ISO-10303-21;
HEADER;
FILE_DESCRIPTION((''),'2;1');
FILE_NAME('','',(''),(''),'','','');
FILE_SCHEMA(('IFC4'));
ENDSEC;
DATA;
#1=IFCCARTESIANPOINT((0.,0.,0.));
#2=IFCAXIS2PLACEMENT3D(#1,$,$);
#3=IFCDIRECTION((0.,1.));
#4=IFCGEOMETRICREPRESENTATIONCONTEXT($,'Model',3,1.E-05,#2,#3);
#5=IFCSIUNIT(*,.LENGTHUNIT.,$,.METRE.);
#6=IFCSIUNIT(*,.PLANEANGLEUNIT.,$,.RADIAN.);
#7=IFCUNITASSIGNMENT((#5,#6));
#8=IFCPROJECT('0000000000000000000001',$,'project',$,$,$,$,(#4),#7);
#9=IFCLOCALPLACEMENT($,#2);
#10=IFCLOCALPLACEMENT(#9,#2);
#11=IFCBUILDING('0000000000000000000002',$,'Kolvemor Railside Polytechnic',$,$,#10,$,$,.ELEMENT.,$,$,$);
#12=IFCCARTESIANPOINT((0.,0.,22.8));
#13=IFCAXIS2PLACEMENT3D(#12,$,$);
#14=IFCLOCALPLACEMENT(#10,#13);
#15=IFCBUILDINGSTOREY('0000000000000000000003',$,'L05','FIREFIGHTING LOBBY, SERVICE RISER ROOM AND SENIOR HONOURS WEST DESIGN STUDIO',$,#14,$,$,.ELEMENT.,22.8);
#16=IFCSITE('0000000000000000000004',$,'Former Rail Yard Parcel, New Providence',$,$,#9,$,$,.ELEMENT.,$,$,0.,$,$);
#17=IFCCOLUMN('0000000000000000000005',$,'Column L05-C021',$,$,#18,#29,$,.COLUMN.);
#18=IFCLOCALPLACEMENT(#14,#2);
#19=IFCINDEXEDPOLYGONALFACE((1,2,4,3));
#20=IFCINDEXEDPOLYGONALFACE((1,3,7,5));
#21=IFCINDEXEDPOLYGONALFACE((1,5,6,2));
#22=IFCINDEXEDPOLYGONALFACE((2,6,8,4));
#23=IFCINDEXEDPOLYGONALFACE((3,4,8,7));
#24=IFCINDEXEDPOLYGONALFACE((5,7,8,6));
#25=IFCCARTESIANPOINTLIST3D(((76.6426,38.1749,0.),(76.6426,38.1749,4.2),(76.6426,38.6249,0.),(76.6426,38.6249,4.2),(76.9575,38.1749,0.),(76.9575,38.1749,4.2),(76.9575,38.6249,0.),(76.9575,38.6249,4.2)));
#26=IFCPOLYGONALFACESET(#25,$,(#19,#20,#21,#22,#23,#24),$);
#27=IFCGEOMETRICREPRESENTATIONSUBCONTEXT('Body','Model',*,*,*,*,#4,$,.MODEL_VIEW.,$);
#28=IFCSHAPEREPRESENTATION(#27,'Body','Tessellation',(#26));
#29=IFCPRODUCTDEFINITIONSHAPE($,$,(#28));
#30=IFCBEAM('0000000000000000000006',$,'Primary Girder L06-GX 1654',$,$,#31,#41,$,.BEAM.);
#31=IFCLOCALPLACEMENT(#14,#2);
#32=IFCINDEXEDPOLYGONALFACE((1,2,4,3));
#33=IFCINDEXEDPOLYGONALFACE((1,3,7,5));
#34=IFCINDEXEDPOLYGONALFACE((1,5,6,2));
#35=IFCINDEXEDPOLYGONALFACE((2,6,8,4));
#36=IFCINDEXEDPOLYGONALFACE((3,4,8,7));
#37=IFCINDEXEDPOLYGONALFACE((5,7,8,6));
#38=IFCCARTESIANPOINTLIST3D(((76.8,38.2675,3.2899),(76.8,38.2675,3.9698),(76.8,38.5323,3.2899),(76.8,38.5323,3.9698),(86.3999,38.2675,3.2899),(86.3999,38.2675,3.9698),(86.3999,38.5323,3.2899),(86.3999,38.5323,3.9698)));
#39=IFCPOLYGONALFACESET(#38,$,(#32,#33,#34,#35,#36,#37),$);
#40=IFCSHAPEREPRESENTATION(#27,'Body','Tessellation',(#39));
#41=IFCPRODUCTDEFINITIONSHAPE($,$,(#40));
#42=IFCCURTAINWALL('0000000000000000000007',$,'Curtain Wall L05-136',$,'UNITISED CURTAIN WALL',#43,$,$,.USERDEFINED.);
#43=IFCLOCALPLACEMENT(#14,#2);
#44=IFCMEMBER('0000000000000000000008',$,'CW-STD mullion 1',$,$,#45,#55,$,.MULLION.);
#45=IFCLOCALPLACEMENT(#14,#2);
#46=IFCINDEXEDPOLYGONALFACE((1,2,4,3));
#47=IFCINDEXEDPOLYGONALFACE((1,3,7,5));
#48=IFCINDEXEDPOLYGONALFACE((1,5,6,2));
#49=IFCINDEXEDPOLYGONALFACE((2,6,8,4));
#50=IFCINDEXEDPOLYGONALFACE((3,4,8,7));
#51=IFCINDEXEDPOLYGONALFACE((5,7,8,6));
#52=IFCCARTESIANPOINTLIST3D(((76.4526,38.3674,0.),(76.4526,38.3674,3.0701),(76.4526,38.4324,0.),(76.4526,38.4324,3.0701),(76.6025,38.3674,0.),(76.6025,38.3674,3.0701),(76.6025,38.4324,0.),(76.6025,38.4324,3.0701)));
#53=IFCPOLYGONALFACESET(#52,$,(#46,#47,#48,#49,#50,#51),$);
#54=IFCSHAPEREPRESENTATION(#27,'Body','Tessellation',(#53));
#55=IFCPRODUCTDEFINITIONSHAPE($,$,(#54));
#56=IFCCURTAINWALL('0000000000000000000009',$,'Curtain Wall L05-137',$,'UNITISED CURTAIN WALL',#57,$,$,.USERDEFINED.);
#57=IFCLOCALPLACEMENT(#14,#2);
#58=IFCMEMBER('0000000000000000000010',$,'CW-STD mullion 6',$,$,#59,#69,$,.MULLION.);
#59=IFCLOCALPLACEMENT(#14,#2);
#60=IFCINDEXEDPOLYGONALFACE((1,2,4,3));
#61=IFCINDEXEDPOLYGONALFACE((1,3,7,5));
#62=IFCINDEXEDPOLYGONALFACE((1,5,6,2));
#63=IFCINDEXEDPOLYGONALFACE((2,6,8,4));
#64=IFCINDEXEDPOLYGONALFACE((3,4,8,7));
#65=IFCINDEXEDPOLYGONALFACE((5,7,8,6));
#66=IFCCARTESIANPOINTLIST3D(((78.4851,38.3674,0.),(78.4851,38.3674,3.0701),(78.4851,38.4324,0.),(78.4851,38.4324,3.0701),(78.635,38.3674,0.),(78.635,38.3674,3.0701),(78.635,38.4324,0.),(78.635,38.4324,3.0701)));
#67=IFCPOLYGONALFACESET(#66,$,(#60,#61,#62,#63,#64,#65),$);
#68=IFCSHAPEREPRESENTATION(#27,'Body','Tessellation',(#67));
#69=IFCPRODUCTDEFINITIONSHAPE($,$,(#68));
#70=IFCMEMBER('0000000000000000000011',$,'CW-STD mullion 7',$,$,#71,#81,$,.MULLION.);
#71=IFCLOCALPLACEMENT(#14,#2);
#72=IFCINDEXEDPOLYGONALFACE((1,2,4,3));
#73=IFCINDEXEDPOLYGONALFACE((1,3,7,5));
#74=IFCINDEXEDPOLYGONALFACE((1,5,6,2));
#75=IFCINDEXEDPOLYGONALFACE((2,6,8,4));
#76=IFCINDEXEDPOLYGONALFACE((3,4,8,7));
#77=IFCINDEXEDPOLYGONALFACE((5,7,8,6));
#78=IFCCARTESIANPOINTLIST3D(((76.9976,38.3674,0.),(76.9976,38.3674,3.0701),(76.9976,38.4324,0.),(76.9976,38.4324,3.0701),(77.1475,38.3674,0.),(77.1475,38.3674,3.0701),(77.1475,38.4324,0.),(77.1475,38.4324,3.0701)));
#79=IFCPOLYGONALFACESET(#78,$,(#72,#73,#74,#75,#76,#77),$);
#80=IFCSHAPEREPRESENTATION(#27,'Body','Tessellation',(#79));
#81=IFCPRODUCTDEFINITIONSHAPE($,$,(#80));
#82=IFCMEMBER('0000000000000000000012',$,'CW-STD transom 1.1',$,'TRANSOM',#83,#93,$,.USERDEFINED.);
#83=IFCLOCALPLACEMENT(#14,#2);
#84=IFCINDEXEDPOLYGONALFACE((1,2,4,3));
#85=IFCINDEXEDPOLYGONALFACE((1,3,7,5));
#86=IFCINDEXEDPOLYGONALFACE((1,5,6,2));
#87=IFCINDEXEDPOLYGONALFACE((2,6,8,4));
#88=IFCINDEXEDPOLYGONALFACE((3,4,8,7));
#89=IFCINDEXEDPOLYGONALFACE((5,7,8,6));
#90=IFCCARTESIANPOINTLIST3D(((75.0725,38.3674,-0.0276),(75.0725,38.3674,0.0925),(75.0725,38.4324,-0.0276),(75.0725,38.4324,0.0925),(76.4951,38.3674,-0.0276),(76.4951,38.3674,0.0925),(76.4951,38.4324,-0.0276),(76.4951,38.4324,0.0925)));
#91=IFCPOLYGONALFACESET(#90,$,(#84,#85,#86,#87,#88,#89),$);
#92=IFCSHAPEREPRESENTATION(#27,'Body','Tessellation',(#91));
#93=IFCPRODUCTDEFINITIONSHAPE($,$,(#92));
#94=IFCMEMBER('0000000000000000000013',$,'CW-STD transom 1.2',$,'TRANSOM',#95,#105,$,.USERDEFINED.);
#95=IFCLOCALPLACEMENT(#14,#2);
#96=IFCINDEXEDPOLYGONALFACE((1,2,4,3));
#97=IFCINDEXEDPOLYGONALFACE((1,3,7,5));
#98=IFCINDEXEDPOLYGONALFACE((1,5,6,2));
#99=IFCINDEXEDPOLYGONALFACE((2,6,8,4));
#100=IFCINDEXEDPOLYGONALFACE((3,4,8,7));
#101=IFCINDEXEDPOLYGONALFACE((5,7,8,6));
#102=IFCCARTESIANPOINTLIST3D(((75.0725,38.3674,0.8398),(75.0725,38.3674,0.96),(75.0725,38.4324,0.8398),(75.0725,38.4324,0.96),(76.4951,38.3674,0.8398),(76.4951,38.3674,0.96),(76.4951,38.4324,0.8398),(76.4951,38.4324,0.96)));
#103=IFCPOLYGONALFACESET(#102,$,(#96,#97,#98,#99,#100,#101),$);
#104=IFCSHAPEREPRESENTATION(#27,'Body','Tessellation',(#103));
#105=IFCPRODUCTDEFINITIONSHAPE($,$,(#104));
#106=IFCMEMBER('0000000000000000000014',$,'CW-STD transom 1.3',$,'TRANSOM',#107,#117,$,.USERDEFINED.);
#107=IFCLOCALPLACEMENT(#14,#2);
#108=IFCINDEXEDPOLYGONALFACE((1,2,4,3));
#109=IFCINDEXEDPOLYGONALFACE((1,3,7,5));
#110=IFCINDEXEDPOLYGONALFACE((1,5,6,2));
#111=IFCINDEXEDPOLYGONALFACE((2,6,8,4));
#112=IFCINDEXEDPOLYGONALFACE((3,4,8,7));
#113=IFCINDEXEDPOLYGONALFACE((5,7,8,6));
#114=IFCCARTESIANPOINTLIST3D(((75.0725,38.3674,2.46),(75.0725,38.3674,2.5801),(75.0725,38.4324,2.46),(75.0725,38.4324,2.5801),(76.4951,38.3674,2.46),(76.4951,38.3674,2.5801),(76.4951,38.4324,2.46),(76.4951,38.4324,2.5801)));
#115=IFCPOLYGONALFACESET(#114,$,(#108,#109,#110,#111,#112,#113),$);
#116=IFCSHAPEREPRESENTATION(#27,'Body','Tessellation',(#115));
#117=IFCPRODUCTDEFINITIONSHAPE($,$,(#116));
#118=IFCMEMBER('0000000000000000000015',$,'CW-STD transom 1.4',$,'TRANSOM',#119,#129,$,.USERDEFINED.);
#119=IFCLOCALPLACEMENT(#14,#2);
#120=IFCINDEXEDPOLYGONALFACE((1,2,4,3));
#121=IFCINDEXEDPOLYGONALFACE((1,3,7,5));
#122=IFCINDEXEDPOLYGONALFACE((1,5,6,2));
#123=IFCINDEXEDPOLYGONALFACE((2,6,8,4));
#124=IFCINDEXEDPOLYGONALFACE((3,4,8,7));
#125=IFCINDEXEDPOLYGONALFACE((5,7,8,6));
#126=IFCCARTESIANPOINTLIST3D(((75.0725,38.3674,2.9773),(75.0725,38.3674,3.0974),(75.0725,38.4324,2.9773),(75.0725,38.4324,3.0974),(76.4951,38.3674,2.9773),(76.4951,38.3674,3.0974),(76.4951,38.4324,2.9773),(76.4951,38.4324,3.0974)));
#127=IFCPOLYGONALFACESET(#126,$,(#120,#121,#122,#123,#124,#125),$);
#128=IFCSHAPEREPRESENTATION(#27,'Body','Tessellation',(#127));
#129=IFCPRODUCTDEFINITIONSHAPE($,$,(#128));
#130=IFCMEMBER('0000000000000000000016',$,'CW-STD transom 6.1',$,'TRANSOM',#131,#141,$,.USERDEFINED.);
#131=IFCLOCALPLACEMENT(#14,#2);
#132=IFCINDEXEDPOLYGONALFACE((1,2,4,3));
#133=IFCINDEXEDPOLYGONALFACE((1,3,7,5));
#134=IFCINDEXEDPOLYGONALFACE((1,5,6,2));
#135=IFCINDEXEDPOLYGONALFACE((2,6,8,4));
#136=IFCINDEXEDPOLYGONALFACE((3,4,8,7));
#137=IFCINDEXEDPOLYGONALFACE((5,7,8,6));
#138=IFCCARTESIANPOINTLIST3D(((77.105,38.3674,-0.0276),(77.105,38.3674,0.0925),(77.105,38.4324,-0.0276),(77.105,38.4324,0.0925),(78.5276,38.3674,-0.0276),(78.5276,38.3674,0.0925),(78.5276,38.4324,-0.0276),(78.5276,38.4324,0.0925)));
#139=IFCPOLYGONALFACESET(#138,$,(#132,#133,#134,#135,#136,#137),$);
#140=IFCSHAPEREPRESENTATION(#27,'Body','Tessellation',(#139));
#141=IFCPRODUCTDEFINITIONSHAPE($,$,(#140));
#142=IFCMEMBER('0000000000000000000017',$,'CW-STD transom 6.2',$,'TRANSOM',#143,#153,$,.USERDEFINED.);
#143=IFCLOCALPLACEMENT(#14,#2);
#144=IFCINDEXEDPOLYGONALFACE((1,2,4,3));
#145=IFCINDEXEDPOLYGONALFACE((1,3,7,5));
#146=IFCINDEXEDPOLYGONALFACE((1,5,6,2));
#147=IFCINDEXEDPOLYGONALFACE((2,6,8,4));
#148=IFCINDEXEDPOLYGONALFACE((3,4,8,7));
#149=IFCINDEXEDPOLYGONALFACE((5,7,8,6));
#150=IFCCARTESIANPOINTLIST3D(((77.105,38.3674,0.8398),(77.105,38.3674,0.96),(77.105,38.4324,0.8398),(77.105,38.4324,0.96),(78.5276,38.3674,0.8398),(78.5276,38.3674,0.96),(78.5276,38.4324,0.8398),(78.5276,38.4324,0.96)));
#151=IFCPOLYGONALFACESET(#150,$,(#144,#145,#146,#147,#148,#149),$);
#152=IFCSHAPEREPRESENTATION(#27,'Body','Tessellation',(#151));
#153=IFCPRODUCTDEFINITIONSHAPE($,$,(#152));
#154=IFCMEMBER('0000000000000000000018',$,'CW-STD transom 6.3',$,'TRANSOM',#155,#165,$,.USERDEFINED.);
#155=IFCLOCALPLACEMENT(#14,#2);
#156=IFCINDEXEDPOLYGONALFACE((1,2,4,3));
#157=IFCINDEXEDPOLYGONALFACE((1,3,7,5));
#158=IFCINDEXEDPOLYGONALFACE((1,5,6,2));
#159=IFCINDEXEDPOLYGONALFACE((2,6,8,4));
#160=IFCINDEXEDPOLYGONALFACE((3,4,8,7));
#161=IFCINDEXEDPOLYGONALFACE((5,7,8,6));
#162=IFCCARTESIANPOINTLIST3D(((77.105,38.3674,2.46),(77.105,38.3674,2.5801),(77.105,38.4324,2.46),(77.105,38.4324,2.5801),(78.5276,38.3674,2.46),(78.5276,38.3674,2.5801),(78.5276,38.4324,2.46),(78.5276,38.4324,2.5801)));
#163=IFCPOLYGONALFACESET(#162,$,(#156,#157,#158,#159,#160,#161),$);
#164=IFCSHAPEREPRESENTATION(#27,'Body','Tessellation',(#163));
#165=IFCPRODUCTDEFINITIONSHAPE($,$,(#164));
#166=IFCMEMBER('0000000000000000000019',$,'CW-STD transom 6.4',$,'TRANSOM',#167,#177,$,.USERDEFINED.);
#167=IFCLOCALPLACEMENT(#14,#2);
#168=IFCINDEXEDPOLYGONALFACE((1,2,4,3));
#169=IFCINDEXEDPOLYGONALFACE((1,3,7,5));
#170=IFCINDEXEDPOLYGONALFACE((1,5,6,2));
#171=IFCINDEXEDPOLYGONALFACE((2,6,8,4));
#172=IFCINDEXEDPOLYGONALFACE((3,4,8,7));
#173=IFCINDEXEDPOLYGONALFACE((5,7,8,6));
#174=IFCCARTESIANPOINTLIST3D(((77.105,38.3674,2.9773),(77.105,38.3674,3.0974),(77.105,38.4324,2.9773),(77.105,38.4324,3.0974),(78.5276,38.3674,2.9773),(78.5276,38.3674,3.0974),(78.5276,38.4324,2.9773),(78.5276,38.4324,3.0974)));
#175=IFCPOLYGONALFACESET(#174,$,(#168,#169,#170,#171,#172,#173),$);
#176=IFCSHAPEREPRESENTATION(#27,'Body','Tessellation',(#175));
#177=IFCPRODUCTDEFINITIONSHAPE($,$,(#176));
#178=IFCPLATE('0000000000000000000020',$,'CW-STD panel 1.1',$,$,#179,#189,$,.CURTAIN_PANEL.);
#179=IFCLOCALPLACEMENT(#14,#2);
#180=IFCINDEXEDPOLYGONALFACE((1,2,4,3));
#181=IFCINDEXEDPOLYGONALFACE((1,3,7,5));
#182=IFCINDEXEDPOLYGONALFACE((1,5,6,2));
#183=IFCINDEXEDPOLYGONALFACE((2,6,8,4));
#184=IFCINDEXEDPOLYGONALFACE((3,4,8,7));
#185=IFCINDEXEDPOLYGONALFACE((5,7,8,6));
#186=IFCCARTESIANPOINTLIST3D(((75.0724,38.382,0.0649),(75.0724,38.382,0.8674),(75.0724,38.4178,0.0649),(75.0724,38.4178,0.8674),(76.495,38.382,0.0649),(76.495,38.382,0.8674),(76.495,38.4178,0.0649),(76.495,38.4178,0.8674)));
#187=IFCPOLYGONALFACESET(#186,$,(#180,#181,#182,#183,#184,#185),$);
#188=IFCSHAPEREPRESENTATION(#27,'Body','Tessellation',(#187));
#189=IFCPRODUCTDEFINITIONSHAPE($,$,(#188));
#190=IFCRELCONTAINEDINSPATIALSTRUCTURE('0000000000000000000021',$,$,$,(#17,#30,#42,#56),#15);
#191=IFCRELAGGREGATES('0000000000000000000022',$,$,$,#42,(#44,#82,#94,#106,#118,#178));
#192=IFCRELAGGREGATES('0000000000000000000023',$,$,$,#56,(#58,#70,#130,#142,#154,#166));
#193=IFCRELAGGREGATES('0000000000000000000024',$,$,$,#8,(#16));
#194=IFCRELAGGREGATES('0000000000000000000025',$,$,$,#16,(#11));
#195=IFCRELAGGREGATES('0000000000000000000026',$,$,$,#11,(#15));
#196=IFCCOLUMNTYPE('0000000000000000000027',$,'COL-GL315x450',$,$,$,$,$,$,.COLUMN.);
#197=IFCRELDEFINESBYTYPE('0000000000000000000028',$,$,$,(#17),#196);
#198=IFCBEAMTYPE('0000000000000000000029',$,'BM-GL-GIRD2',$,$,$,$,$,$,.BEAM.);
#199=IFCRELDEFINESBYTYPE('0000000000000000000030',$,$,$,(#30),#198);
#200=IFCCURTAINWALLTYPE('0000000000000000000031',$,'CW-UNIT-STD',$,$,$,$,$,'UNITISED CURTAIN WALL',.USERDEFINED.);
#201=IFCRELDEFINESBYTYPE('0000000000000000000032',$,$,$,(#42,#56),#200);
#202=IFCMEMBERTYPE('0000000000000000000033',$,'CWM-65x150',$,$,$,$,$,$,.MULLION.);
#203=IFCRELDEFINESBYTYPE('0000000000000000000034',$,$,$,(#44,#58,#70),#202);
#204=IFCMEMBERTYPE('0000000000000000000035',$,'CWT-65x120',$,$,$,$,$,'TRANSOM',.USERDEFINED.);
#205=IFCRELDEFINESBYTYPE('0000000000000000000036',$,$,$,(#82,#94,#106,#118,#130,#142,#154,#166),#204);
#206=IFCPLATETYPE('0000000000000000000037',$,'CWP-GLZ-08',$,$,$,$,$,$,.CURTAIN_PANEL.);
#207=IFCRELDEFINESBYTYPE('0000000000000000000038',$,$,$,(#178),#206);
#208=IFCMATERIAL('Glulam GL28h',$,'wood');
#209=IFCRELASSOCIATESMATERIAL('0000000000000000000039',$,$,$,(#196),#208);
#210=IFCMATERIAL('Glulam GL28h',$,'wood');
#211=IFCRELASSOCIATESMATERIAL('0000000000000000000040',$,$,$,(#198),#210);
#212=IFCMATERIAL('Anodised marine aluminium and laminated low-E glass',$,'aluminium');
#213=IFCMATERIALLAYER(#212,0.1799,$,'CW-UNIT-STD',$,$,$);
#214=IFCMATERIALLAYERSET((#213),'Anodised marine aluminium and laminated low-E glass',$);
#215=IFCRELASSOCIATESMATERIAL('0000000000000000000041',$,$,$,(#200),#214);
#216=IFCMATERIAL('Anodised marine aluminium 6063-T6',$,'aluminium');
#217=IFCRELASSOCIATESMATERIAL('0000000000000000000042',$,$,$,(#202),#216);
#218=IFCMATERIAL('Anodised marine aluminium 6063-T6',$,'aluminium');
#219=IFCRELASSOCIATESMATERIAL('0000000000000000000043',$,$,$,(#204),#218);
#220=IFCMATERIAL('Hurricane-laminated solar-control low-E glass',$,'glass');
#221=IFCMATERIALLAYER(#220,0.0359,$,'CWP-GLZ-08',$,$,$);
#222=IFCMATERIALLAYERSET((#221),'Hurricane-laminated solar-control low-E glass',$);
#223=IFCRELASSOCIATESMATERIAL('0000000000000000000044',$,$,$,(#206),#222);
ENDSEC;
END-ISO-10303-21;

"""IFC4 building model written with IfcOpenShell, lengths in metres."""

from ifc_helpers import new_model, si_unit, direction, frame, origin, origin_2d, place, context, subcontext, project, spatial, rectangle, extrude, material, layer, layer_set, material_profile, profile_set, type_object, element, aggregate, save


model = new_model("IFC4")

# Units and contexts
model_context = context("Model", 3, precision=1e-05, world=origin(), true_north=direction((0.0, 1.0)))
body_context = subcontext(model_context, "Body", "Model", "MODEL_VIEW")
ifc_project = project(units=[si_unit("LENGTHUNIT", "METRE"), si_unit("PLANEANGLEUNIT", "RADIAN")], contexts=[model_context])

# Site, building, storey
site_placement = place(None, origin())
site = spatial("IfcSite", under=ifc_project, at=site_placement, Name="Former Rail Yard Parcel, New Providence", CompositionType="ELEMENT", RefElevation=0.0)
building_placement = place(site_placement, origin())
building = spatial("IfcBuilding", under=site, at=building_placement, Name="Kolvemor Railside Polytechnic", CompositionType="ELEMENT")
storey_placement = place(building_placement, frame((0.0, 0.0, 22.8)))
storey = spatial("IfcBuildingStorey", under=building, at=storey_placement, Name="L05", Description="FIREFIGHTING LOBBY, SERVICE RISER ROOM AND SENIOR HONOURS WEST DESIGN STUDIO", CompositionType="ELEMENT", Elevation=22.8)

# Column
ifc_material_1 = material(Name="Glulam GL28h", Category="wood")
ifc_material_profile_1 = material_profile(ifc_material_1, rectangle(XDim=0.3149, YDim=0.45, at=origin_2d()), Name="GL315x450")
ifc_profile_set_1 = profile_set([ifc_material_profile_1], Name="Glulam GL28h")
column_type = type_object("IfcColumnType", Name="COL-GL315x450", PredefinedType="COLUMN", material=ifc_profile_set_1)
column_placement = place(storey_placement, frame((76.8, 38.3999, 0.0), z_axis=(0.0, 0.0, 1.0), x_axis=(1.0, 0.0, 0.0)))
element("IfcColumn", 1, at=column_placement, inside=storey, type_object=column_type, Name="Column L05-C021", PredefinedType="COLUMN", context=body_context, shape_type="SweptSolid", body=[
    extrude(rectangle(XDim=0.3149, YDim=0.45, at=origin_2d()), origin(), (0.0, 0.0, 1.0), 4.2),
])

# Beam
ifc_material_2 = material(Name="Glulam GL28h", Category="wood")
ifc_material_profile_2 = material_profile(ifc_material_2, rectangle(XDim=0.2649, YDim=0.6799, at=origin_2d()), Name="GL265x680")
ifc_profile_set_2 = profile_set([ifc_material_profile_2], Name="Glulam GL28h")
beam_type = type_object("IfcBeamType", Name="BM-GL-GIRD2", PredefinedType="BEAM", material=ifc_profile_set_2)
beam_placement = place(storey_placement, frame((76.8, 38.3999, 3.6299), z_axis=(1.0, 0.0, 0.0), x_axis=(0.0, 1.0, 0.0)))
element("IfcBeam", 2, at=beam_placement, inside=storey, type_object=beam_type, Name="Primary Girder L06-GX 1654", PredefinedType="BEAM", context=body_context, shape_type="SweptSolid", body=[
    extrude(rectangle(XDim=0.2649, YDim=0.6799, at=origin_2d()), origin(), (0.0, 0.0, 1.0), 9.5999),
])

# Curtain wall, member
ifc_material_3 = material(Name="Anodised marine aluminium and laminated low-E glass", Category="aluminium")
ifc_layer_1 = layer(ifc_material_3, 0.1799, Name="CW-UNIT-STD")
ifc_layer_set_1 = layer_set([ifc_layer_1], Name="Anodised marine aluminium and laminated low-E glass")
curtain_wall_type = type_object("IfcCurtainWallType", Name="CW-UNIT-STD", ElementType="UNITISED CURTAIN WALL", PredefinedType="USERDEFINED", material=ifc_layer_set_1)
curtain_wall_1_placement = place(storey_placement, origin())
curtain_wall_1 = element("IfcCurtainWall", 3, at=curtain_wall_1_placement, inside=storey, type_object=curtain_wall_type, Name="Curtain Wall L05-136", ObjectType="UNITISED CURTAIN WALL", PredefinedType="USERDEFINED")
ifc_material_4 = material(Name="Anodised marine aluminium 6063-T6", Category="aluminium")
ifc_material_profile_3 = material_profile(ifc_material_4, rectangle(XDim=0.0649, YDim=0.1499, at=origin_2d()), Name="CW-MUL-65x150")
ifc_profile_set_3 = profile_set([ifc_material_profile_3], Name="Anodised marine aluminium 6063-T6")
member_type_1 = type_object("IfcMemberType", Name="CWM-65x150", PredefinedType="MULLION", material=ifc_profile_set_3)
member_1_placement = place(storey_placement, frame((76.5276, 38.3999, 0.0), z_axis=(0.0, 0.0, 1.0), x_axis=(0.0, -1.0, 0.0)))
member_1 = element("IfcMember", 4, at=member_1_placement, type_object=member_type_1, Name="CW-STD mullion 1", PredefinedType="MULLION", context=body_context, shape_type="SweptSolid", body=[
    extrude(rectangle(XDim=0.0649, YDim=0.1499, at=origin_2d()), origin(), (0.0, 0.0, 1.0), 3.0701),
])

# Curtain wall, members
curtain_wall_2_placement = place(storey_placement, origin())
curtain_wall_2 = element("IfcCurtainWall", 5, at=curtain_wall_2_placement, inside=storey, type_object=curtain_wall_type, Name="Curtain Wall L05-137", ObjectType="UNITISED CURTAIN WALL", PredefinedType="USERDEFINED")
member_2_placement = place(storey_placement, frame((78.5601, 38.3999, 0.0), z_axis=(0.0, 0.0, 1.0), x_axis=(0.0, -1.0, 0.0)))
member_2 = element("IfcMember", 6, at=member_2_placement, type_object=member_type_1, Name="CW-STD mullion 6", PredefinedType="MULLION", context=body_context, shape_type="SweptSolid", body=[
    extrude(rectangle(XDim=0.0649, YDim=0.1499, at=origin_2d()), origin(), (0.0, 0.0, 1.0), 3.0701),
])
member_3_placement = place(storey_placement, frame((77.0725, 38.3999, 0.0), z_axis=(0.0, 0.0, 1.0), x_axis=(0.0, -1.0, 0.0)))
member_3 = element("IfcMember", 7, at=member_3_placement, type_object=member_type_1, Name="CW-STD mullion 7", PredefinedType="MULLION", context=body_context, shape_type="SweptSolid", body=[
    extrude(rectangle(XDim=0.0649, YDim=0.1499, at=origin_2d()), origin(), (0.0, 0.0, 1.0), 3.0701),
])

# Members
ifc_material_5 = material(Name="Anodised marine aluminium 6063-T6", Category="aluminium")
ifc_material_profile_4 = material_profile(ifc_material_5, rectangle(XDim=0.0649, YDim=0.1201, at=origin_2d()), Name="CW-TRN-65x120")
ifc_profile_set_4 = profile_set([ifc_material_profile_4], Name="Anodised marine aluminium 6063-T6")
member_type_2 = type_object("IfcMemberType", Name="CWT-65x120", ElementType="TRANSOM", PredefinedType="USERDEFINED", material=ifc_profile_set_4)
member_4_placement = place(storey_placement, frame((76.4951, 38.3999, 0.0325), z_axis=(-1.0, 0.0, 0.0), x_axis=(0.0, -1.0, 0.0)))
member_4 = element("IfcMember", 8, at=member_4_placement, type_object=member_type_2, Name="CW-STD transom 1.1", ObjectType="TRANSOM", PredefinedType="USERDEFINED", context=body_context, shape_type="SweptSolid", body=[
    extrude(rectangle(XDim=0.0649, YDim=0.1201, at=origin_2d()), origin(), (0.0, 0.0, 1.0), 1.4226),
])
member_5_placement = place(storey_placement, frame((76.4951, 38.3999, 0.8999), z_axis=(-1.0, 0.0, 0.0), x_axis=(0.0, -1.0, 0.0)))
member_5 = element("IfcMember", 9, at=member_5_placement, type_object=member_type_2, Name="CW-STD transom 1.2", ObjectType="TRANSOM", PredefinedType="USERDEFINED", context=body_context, shape_type="SweptSolid", body=[
    extrude(rectangle(XDim=0.0649, YDim=0.1201, at=origin_2d()), origin(), (0.0, 0.0, 1.0), 1.4226),
])
member_6_placement = place(storey_placement, frame((76.4951, 38.3999, 2.52), z_axis=(-1.0, 0.0, 0.0), x_axis=(0.0, -1.0, 0.0)))
member_6 = element("IfcMember", 10, at=member_6_placement, type_object=member_type_2, Name="CW-STD transom 1.3", ObjectType="TRANSOM", PredefinedType="USERDEFINED", context=body_context, shape_type="SweptSolid", body=[
    extrude(rectangle(XDim=0.0649, YDim=0.1201, at=origin_2d()), origin(), (0.0, 0.0, 1.0), 1.4226),
])
member_7_placement = place(storey_placement, frame((76.4951, 38.3999, 3.0374), z_axis=(-1.0, 0.0, 0.0), x_axis=(0.0, -1.0, 0.0)))
member_7 = element("IfcMember", 11, at=member_7_placement, type_object=member_type_2, Name="CW-STD transom 1.4", ObjectType="TRANSOM", PredefinedType="USERDEFINED", context=body_context, shape_type="SweptSolid", body=[
    extrude(rectangle(XDim=0.0649, YDim=0.1201, at=origin_2d()), origin(), (0.0, 0.0, 1.0), 1.4226),
])
member_8_placement = place(storey_placement, frame((78.5276, 38.3999, 0.0325), z_axis=(-1.0, 0.0, 0.0), x_axis=(0.0, -1.0, 0.0)))
member_8 = element("IfcMember", 12, at=member_8_placement, type_object=member_type_2, Name="CW-STD transom 6.1", ObjectType="TRANSOM", PredefinedType="USERDEFINED", context=body_context, shape_type="SweptSolid", body=[
    extrude(rectangle(XDim=0.0649, YDim=0.1201, at=origin_2d()), origin(), (0.0, 0.0, 1.0), 1.4226),
])
member_9_placement = place(storey_placement, frame((78.5276, 38.3999, 0.8999), z_axis=(-1.0, 0.0, 0.0), x_axis=(0.0, -1.0, 0.0)))
member_9 = element("IfcMember", 13, at=member_9_placement, type_object=member_type_2, Name="CW-STD transom 6.2", ObjectType="TRANSOM", PredefinedType="USERDEFINED", context=body_context, shape_type="SweptSolid", body=[
    extrude(rectangle(XDim=0.0649, YDim=0.1201, at=origin_2d()), origin(), (0.0, 0.0, 1.0), 1.4226),
])
member_10_placement = place(storey_placement, frame((78.5276, 38.3999, 2.52), z_axis=(-1.0, 0.0, 0.0), x_axis=(0.0, -1.0, 0.0)))
member_10 = element("IfcMember", 14, at=member_10_placement, type_object=member_type_2, Name="CW-STD transom 6.3", ObjectType="TRANSOM", PredefinedType="USERDEFINED", context=body_context, shape_type="SweptSolid", body=[
    extrude(rectangle(XDim=0.0649, YDim=0.1201, at=origin_2d()), origin(), (0.0, 0.0, 1.0), 1.4226),
])
member_11_placement = place(storey_placement, frame((78.5276, 38.3999, 3.0374), z_axis=(-1.0, 0.0, 0.0), x_axis=(0.0, -1.0, 0.0)))
member_11 = element("IfcMember", 15, at=member_11_placement, type_object=member_type_2, Name="CW-STD transom 6.4", ObjectType="TRANSOM", PredefinedType="USERDEFINED", context=body_context, shape_type="SweptSolid", body=[
    extrude(rectangle(XDim=0.0649, YDim=0.1201, at=origin_2d()), origin(), (0.0, 0.0, 1.0), 1.4226),
])

# Plate
ifc_material_6 = material(Name="Hurricane-laminated solar-control low-E glass", Category="glass")
ifc_layer_2 = layer(ifc_material_6, 0.0359, Name="CWP-GLZ-08")
ifc_layer_set_2 = layer_set([ifc_layer_2], Name="Hurricane-laminated solar-control low-E glass")
plate_type_1 = type_object("IfcPlateType", Name="CWP-GLZ-08", PredefinedType="CURTAIN_PANEL", material=ifc_layer_set_2)
plate_1_placement = place(storey_placement, frame((75.7837, 38.3999, 0.0649), z_axis=(0.0, 0.0, 1.0), x_axis=(-1.0, 0.0, 0.0)))
plate_1 = element("IfcPlate", 16, at=plate_1_placement, type_object=plate_type_1, Name="CW-STD panel 1.1", PredefinedType="CURTAIN_PANEL", context=body_context, shape_type="SweptSolid", body=[
    extrude(rectangle(XDim=1.4226, YDim=0.0359, at=origin_2d()), origin(), (0.0, 0.0, 1.0), 0.8025),
])
aggregate(curtain_wall_1, [member_1, member_4, member_5, member_6, member_7, plate_1])
aggregate(curtain_wall_2, [member_2, member_3, member_8, member_9, member_10, member_11])

save(model, "model.ifc")
